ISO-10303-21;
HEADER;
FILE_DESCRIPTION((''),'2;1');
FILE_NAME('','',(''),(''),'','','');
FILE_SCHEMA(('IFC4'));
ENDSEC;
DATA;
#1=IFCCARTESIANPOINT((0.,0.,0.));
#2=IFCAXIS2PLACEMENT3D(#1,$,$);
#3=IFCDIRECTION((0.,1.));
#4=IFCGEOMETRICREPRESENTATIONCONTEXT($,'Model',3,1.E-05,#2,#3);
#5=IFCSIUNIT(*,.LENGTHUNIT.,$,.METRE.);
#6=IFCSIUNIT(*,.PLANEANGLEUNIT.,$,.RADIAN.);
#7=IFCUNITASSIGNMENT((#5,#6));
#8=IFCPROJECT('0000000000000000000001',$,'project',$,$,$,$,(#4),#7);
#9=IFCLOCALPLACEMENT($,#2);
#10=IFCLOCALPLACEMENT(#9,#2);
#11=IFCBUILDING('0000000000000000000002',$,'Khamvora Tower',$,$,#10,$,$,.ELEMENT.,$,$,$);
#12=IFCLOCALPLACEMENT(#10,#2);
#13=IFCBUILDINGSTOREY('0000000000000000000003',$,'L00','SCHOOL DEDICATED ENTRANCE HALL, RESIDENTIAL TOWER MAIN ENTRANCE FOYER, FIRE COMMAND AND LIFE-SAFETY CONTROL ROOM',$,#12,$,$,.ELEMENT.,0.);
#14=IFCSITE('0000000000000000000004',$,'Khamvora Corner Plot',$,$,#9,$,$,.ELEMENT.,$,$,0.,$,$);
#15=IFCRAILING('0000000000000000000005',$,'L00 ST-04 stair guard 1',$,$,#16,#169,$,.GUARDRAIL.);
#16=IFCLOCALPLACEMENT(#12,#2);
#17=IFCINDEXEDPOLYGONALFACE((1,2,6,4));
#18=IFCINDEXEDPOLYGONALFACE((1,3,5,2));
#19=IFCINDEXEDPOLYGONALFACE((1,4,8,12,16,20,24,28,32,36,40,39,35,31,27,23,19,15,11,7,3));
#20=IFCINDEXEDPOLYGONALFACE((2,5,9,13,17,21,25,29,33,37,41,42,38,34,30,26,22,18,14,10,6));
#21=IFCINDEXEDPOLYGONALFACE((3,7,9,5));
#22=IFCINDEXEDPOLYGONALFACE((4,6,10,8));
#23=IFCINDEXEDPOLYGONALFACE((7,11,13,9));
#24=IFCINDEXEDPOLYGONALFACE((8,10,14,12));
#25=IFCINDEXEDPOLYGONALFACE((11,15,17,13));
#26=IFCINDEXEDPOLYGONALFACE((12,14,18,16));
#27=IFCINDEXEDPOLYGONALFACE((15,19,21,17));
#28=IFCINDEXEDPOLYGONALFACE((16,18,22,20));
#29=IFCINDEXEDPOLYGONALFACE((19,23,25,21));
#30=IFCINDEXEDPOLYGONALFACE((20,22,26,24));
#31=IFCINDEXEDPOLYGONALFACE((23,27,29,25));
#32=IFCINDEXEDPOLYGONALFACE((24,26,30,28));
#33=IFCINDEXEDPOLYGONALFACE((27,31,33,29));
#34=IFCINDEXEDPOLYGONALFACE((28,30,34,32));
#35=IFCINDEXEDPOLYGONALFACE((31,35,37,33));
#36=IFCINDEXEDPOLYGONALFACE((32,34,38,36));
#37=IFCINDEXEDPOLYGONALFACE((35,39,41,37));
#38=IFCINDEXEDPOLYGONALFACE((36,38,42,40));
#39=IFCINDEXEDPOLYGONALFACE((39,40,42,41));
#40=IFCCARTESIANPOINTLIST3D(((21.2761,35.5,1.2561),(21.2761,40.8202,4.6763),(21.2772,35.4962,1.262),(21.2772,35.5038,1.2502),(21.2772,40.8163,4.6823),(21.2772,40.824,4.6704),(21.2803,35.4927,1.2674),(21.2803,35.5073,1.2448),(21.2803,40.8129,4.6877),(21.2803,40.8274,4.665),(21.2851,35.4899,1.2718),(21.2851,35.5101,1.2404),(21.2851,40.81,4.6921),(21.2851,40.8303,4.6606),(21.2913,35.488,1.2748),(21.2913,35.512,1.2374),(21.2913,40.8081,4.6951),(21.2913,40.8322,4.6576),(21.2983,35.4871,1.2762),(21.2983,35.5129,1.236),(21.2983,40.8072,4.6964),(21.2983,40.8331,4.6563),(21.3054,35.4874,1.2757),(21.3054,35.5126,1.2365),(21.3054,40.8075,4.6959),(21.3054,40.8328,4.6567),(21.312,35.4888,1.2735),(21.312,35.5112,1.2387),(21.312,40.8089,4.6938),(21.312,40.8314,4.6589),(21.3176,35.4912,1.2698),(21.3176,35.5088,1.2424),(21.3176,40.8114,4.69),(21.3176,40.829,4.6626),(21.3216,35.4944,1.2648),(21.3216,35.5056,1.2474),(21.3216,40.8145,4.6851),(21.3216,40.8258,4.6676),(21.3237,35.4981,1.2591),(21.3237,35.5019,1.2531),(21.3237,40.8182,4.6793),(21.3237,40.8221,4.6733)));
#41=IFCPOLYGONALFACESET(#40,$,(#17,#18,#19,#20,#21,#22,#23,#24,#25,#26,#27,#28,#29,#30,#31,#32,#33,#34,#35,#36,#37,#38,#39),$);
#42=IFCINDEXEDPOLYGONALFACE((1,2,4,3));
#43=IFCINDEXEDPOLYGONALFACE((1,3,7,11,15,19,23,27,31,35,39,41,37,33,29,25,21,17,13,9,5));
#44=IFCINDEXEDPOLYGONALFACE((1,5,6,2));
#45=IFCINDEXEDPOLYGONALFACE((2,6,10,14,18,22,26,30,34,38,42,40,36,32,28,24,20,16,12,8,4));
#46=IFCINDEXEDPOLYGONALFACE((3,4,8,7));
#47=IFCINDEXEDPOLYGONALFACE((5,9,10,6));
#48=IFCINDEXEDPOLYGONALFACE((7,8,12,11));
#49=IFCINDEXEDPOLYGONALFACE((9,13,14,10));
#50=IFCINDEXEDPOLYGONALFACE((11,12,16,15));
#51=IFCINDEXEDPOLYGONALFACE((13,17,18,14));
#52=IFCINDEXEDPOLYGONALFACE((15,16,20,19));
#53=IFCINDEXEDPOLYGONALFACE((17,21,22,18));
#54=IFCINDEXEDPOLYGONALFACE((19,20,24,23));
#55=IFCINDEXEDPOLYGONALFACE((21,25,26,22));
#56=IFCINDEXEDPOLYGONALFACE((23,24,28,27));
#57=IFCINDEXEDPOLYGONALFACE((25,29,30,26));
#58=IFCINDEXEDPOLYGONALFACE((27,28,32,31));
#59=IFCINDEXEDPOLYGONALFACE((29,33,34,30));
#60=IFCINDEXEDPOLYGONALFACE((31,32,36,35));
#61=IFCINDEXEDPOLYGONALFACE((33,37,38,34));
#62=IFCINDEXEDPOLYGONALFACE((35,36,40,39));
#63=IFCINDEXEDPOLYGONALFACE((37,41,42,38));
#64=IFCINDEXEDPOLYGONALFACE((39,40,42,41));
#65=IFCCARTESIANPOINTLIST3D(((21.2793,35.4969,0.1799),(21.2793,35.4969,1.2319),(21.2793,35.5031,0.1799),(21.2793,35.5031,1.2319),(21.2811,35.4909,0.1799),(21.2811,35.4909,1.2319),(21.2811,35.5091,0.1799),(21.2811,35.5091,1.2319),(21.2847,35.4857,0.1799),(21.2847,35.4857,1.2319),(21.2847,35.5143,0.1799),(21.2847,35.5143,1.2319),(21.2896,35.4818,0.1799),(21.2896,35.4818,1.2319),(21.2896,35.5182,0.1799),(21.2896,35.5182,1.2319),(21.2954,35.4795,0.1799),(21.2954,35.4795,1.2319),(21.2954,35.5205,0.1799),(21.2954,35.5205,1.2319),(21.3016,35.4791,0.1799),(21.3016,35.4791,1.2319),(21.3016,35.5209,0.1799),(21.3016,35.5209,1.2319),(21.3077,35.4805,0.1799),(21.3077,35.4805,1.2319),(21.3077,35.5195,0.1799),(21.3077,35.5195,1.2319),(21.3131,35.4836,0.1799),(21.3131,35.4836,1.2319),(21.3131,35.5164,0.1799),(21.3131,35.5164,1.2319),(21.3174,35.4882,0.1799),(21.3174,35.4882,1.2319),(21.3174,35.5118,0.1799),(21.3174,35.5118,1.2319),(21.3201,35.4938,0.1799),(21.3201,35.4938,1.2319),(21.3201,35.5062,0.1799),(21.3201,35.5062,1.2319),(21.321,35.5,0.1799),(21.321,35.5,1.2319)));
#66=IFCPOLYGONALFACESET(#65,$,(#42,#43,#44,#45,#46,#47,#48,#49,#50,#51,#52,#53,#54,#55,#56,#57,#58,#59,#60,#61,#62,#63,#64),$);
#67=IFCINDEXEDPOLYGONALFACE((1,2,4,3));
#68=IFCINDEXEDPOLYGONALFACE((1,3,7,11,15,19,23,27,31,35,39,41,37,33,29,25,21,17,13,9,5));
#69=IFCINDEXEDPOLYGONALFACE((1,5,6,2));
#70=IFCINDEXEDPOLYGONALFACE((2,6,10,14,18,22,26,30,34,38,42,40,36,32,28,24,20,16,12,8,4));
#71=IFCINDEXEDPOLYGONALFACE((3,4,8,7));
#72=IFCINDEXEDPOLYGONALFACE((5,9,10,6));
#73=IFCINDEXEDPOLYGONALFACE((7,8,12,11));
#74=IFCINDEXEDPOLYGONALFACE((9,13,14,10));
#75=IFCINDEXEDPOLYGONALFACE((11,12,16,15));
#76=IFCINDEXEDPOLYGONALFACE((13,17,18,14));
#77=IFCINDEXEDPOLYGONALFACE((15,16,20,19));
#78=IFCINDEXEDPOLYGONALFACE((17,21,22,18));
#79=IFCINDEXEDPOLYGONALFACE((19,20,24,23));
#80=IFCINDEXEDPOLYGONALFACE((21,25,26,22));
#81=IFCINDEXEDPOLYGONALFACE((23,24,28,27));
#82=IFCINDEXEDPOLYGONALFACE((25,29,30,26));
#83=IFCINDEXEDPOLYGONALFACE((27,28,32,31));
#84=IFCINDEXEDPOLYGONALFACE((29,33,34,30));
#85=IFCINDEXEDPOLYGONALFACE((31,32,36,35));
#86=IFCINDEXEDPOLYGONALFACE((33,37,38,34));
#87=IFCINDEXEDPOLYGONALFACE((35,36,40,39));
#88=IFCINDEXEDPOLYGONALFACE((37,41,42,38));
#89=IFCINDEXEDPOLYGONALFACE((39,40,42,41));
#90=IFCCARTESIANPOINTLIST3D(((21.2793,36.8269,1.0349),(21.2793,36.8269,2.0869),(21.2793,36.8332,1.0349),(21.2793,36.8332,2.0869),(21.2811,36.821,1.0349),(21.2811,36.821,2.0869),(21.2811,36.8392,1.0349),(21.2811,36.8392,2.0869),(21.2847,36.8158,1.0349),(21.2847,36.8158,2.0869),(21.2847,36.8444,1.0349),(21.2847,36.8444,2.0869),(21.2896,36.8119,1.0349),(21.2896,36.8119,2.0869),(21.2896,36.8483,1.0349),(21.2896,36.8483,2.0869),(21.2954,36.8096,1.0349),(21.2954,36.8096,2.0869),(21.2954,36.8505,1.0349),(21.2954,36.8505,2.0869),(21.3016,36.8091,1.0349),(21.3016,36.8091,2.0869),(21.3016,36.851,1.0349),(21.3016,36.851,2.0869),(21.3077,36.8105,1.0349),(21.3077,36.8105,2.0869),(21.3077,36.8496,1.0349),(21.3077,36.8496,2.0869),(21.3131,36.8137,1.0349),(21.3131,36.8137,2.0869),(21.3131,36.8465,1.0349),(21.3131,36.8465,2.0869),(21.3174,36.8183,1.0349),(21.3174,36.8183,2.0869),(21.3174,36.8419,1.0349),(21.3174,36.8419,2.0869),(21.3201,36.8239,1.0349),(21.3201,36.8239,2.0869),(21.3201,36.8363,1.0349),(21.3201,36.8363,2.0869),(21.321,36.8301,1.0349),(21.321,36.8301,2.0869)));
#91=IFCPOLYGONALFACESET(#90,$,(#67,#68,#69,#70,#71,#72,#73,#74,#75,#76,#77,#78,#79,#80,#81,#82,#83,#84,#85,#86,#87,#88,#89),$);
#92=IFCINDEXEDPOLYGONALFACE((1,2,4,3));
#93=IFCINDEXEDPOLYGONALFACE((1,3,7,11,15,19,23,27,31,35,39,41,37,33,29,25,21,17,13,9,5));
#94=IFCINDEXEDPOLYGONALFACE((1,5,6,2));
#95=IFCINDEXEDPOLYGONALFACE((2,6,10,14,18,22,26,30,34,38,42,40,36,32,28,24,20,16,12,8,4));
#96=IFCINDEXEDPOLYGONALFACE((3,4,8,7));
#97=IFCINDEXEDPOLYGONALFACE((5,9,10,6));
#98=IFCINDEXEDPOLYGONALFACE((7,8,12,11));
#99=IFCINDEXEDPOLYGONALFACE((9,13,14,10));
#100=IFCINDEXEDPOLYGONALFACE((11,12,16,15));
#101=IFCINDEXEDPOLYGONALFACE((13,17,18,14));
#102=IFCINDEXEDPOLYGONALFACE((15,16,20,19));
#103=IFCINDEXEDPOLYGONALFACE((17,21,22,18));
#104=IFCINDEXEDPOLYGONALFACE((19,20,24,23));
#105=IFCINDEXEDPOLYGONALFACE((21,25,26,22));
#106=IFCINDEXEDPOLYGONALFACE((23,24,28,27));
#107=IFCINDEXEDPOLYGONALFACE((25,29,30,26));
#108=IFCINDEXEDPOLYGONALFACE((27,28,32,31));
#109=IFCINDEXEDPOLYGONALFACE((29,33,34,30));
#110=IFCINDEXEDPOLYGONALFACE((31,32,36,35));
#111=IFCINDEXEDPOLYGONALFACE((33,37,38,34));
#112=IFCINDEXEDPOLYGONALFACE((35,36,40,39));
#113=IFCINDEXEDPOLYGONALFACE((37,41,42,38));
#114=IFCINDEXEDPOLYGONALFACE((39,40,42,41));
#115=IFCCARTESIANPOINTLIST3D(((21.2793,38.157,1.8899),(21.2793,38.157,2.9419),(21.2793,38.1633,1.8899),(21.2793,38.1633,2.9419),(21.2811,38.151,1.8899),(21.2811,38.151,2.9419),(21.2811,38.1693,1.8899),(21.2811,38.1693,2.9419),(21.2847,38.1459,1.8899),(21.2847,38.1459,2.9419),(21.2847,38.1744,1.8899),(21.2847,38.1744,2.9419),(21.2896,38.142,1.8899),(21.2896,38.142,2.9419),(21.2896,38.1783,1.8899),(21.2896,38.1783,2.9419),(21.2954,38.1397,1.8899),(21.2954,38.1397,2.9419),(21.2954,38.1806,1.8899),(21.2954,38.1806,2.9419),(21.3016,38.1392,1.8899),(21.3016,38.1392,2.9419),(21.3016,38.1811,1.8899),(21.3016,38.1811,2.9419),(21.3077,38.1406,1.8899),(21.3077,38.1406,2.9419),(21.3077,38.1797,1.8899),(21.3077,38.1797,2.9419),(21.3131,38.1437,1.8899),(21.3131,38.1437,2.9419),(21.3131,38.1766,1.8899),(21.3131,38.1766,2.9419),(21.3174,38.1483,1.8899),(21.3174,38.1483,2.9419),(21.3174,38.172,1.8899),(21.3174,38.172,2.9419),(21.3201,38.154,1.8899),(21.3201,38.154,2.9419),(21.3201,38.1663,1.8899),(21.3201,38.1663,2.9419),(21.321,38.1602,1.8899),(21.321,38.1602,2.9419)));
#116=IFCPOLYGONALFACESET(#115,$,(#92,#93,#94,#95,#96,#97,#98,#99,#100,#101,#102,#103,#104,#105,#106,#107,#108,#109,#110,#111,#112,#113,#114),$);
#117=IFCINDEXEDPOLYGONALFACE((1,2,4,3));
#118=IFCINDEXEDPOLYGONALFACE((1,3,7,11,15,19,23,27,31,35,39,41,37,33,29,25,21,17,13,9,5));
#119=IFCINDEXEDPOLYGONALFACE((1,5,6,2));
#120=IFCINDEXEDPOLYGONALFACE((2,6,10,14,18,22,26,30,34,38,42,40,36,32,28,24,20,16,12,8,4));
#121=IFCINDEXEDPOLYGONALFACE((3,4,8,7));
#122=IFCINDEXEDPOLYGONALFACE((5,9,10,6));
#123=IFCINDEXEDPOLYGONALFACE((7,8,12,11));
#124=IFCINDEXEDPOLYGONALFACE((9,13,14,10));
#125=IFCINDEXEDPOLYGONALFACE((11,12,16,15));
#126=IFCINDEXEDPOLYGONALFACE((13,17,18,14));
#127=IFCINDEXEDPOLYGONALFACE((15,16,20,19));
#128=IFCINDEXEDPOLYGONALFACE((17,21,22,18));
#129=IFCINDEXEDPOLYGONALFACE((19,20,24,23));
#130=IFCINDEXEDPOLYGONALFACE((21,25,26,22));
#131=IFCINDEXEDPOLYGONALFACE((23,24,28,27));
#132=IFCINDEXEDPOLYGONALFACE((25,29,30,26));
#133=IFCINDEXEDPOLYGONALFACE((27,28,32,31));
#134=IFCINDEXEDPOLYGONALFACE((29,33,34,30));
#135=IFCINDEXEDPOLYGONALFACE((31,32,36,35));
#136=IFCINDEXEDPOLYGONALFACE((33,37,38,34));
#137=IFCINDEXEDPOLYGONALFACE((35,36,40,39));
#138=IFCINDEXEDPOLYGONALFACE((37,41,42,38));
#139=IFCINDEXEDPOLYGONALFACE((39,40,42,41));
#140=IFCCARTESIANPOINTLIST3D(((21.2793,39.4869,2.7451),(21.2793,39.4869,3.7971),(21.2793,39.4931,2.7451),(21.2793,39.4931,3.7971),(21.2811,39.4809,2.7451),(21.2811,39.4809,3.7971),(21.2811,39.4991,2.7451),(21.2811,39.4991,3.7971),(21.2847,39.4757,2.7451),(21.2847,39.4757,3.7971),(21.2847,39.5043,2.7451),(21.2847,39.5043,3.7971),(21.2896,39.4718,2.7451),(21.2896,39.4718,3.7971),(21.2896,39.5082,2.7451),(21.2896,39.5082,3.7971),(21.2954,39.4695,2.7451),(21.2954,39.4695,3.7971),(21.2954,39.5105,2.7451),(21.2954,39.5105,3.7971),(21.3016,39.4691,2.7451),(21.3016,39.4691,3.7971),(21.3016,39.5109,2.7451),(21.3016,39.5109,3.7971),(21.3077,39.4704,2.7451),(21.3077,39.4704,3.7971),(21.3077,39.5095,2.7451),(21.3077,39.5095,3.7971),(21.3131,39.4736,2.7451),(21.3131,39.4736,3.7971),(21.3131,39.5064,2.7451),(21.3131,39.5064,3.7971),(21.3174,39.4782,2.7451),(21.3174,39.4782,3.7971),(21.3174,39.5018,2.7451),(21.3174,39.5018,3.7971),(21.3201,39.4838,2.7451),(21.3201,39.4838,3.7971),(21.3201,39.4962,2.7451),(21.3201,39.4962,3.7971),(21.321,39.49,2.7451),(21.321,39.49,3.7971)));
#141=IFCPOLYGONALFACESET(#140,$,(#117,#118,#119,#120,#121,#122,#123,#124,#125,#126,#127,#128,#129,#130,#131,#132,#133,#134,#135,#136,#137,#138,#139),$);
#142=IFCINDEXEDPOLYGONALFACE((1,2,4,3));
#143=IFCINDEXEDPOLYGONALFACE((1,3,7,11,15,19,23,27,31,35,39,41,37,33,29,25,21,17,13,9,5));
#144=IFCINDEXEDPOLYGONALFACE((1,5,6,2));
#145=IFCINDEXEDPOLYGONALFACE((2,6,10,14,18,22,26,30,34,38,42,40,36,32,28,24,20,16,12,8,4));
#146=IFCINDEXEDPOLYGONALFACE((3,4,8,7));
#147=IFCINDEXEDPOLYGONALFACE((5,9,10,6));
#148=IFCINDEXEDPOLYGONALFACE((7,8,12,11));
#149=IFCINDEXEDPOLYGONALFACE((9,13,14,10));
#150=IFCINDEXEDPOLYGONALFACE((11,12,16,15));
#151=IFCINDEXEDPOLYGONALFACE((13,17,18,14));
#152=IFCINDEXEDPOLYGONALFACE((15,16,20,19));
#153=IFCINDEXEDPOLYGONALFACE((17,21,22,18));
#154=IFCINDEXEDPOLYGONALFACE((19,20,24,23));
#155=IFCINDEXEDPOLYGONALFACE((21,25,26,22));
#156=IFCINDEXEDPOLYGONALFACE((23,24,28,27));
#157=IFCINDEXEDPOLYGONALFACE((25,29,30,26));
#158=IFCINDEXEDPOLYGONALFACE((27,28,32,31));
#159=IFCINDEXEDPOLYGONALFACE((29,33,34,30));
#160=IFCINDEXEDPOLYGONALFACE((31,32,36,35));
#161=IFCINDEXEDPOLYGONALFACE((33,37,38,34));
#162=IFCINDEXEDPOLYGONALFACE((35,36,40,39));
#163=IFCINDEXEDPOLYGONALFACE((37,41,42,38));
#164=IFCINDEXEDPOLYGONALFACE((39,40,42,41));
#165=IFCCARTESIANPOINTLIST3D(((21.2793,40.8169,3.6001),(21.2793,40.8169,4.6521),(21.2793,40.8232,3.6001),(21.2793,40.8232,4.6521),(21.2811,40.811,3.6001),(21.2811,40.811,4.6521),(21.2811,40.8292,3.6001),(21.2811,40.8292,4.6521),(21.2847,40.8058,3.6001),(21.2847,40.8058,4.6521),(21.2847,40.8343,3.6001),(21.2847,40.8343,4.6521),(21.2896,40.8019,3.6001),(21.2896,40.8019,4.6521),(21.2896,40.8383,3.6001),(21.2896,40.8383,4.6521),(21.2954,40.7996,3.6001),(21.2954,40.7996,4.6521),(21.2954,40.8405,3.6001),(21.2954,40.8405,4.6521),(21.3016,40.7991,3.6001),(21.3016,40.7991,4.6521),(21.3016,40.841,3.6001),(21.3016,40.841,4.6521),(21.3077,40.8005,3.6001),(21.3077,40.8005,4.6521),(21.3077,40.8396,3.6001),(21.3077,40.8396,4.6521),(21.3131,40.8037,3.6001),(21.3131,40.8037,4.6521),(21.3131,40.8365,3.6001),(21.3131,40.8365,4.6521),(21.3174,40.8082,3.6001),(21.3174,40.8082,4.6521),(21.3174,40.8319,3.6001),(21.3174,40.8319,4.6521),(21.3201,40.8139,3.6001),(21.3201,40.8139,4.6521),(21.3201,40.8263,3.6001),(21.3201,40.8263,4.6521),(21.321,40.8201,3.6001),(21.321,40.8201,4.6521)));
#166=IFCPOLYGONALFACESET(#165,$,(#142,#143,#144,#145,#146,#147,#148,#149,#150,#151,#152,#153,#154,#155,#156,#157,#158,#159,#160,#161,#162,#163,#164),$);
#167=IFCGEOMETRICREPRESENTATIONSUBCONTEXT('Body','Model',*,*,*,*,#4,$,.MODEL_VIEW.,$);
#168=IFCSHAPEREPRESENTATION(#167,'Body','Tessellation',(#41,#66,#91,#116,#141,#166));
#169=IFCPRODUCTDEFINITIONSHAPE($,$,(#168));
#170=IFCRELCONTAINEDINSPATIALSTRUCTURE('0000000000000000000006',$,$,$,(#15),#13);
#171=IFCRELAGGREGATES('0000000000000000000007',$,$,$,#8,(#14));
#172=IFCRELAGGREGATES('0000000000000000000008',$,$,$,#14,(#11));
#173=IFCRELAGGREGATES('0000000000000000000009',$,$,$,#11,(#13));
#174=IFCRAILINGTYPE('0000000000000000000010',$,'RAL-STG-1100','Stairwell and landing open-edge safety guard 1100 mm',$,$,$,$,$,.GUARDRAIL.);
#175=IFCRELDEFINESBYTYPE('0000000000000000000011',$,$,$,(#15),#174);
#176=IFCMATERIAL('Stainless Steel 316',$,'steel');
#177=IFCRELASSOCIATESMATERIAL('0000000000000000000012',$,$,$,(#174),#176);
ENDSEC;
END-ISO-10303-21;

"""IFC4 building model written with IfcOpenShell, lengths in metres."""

from ifc_helpers import new_model, si_unit, direction, frame, origin, origin_2d, place, context, subcontext, project, spatial, circle, extrude, material, type_object, element, save


model = new_model("IFC4")

# Units and contexts
model_context = context("Model", 3, precision=1e-05, world=origin(), true_north=direction((0.0, 1.0)))
body_context = subcontext(model_context, "Body", "Model", "MODEL_VIEW")
ifc_project = project(units=[si_unit("LENGTHUNIT", "METRE"), si_unit("PLANEANGLEUNIT", "RADIAN")], contexts=[model_context])

# Site, building, storey
site_placement = place(None, origin())
site = spatial("IfcSite", under=ifc_project, at=site_placement, Name="Khamvora Corner Plot", CompositionType="ELEMENT", RefElevation=0.0)
building_placement = place(site_placement, origin())
building = spatial("IfcBuilding", under=site, at=building_placement, Name="Khamvora Tower", CompositionType="ELEMENT")
storey_placement = place(building_placement, origin())
storey = spatial("IfcBuildingStorey", under=building, at=storey_placement, Name="L00", Description="SCHOOL DEDICATED ENTRANCE HALL, RESIDENTIAL TOWER MAIN ENTRANCE FOYER, FIRE COMMAND AND LIFE-SAFETY CONTROL ROOM", CompositionType="ELEMENT", Elevation=0.0)

# Railing
ifc_material_1 = material(Name="Stainless Steel 316", Category="steel")
railing_type_1 = type_object("IfcRailingType", Name="RAL-STG-1100", Description="Stairwell and landing open-edge safety guard 1100 mm", PredefinedType="GUARDRAIL", material=ifc_material_1)
railing_1_placement = place(storey_placement, frame((21.3, 35.5, 0.1799)))
element("IfcRailing", 1, at=railing_1_placement, inside=storey, type_object=railing_type_1, Name="L00 ST-04 stair guard 1", PredefinedType="GUARDRAIL", context=body_context, shape_type="SweptSolid", body=[
    extrude(circle(Radius=0.0239, at=origin_2d()), frame((0.0, 0.0, 1.0762), z_axis=(0.0, 0.84117, 0.540771), x_axis=(-1.0, 0.0, 0.0)), (0.0, 0.0, 1.0), 6.3247),
    extrude(circle(Radius=0.021, at=origin_2d()), origin(), (0.0, 0.0, 1.0), 1.052),
    extrude(circle(Radius=0.021, at=origin_2d()), frame((0.0, 1.3301, 0.855)), (0.0, 0.0, 1.0), 1.052),
    extrude(circle(Radius=0.021, at=origin_2d()), frame((0.0, 2.6602, 1.71)), (0.0, 0.0, 1.0), 1.052),
    extrude(circle(Radius=0.021, at=origin_2d()), frame((0.0, 3.99, 2.5652)), (0.0, 0.0, 1.0), 1.052),
    extrude(circle(Radius=0.021, at=origin_2d()), frame((0.0, 5.3201, 3.4202)), (0.0, 0.0, 1.0), 1.052),
])

save(model, "model.ifc")
